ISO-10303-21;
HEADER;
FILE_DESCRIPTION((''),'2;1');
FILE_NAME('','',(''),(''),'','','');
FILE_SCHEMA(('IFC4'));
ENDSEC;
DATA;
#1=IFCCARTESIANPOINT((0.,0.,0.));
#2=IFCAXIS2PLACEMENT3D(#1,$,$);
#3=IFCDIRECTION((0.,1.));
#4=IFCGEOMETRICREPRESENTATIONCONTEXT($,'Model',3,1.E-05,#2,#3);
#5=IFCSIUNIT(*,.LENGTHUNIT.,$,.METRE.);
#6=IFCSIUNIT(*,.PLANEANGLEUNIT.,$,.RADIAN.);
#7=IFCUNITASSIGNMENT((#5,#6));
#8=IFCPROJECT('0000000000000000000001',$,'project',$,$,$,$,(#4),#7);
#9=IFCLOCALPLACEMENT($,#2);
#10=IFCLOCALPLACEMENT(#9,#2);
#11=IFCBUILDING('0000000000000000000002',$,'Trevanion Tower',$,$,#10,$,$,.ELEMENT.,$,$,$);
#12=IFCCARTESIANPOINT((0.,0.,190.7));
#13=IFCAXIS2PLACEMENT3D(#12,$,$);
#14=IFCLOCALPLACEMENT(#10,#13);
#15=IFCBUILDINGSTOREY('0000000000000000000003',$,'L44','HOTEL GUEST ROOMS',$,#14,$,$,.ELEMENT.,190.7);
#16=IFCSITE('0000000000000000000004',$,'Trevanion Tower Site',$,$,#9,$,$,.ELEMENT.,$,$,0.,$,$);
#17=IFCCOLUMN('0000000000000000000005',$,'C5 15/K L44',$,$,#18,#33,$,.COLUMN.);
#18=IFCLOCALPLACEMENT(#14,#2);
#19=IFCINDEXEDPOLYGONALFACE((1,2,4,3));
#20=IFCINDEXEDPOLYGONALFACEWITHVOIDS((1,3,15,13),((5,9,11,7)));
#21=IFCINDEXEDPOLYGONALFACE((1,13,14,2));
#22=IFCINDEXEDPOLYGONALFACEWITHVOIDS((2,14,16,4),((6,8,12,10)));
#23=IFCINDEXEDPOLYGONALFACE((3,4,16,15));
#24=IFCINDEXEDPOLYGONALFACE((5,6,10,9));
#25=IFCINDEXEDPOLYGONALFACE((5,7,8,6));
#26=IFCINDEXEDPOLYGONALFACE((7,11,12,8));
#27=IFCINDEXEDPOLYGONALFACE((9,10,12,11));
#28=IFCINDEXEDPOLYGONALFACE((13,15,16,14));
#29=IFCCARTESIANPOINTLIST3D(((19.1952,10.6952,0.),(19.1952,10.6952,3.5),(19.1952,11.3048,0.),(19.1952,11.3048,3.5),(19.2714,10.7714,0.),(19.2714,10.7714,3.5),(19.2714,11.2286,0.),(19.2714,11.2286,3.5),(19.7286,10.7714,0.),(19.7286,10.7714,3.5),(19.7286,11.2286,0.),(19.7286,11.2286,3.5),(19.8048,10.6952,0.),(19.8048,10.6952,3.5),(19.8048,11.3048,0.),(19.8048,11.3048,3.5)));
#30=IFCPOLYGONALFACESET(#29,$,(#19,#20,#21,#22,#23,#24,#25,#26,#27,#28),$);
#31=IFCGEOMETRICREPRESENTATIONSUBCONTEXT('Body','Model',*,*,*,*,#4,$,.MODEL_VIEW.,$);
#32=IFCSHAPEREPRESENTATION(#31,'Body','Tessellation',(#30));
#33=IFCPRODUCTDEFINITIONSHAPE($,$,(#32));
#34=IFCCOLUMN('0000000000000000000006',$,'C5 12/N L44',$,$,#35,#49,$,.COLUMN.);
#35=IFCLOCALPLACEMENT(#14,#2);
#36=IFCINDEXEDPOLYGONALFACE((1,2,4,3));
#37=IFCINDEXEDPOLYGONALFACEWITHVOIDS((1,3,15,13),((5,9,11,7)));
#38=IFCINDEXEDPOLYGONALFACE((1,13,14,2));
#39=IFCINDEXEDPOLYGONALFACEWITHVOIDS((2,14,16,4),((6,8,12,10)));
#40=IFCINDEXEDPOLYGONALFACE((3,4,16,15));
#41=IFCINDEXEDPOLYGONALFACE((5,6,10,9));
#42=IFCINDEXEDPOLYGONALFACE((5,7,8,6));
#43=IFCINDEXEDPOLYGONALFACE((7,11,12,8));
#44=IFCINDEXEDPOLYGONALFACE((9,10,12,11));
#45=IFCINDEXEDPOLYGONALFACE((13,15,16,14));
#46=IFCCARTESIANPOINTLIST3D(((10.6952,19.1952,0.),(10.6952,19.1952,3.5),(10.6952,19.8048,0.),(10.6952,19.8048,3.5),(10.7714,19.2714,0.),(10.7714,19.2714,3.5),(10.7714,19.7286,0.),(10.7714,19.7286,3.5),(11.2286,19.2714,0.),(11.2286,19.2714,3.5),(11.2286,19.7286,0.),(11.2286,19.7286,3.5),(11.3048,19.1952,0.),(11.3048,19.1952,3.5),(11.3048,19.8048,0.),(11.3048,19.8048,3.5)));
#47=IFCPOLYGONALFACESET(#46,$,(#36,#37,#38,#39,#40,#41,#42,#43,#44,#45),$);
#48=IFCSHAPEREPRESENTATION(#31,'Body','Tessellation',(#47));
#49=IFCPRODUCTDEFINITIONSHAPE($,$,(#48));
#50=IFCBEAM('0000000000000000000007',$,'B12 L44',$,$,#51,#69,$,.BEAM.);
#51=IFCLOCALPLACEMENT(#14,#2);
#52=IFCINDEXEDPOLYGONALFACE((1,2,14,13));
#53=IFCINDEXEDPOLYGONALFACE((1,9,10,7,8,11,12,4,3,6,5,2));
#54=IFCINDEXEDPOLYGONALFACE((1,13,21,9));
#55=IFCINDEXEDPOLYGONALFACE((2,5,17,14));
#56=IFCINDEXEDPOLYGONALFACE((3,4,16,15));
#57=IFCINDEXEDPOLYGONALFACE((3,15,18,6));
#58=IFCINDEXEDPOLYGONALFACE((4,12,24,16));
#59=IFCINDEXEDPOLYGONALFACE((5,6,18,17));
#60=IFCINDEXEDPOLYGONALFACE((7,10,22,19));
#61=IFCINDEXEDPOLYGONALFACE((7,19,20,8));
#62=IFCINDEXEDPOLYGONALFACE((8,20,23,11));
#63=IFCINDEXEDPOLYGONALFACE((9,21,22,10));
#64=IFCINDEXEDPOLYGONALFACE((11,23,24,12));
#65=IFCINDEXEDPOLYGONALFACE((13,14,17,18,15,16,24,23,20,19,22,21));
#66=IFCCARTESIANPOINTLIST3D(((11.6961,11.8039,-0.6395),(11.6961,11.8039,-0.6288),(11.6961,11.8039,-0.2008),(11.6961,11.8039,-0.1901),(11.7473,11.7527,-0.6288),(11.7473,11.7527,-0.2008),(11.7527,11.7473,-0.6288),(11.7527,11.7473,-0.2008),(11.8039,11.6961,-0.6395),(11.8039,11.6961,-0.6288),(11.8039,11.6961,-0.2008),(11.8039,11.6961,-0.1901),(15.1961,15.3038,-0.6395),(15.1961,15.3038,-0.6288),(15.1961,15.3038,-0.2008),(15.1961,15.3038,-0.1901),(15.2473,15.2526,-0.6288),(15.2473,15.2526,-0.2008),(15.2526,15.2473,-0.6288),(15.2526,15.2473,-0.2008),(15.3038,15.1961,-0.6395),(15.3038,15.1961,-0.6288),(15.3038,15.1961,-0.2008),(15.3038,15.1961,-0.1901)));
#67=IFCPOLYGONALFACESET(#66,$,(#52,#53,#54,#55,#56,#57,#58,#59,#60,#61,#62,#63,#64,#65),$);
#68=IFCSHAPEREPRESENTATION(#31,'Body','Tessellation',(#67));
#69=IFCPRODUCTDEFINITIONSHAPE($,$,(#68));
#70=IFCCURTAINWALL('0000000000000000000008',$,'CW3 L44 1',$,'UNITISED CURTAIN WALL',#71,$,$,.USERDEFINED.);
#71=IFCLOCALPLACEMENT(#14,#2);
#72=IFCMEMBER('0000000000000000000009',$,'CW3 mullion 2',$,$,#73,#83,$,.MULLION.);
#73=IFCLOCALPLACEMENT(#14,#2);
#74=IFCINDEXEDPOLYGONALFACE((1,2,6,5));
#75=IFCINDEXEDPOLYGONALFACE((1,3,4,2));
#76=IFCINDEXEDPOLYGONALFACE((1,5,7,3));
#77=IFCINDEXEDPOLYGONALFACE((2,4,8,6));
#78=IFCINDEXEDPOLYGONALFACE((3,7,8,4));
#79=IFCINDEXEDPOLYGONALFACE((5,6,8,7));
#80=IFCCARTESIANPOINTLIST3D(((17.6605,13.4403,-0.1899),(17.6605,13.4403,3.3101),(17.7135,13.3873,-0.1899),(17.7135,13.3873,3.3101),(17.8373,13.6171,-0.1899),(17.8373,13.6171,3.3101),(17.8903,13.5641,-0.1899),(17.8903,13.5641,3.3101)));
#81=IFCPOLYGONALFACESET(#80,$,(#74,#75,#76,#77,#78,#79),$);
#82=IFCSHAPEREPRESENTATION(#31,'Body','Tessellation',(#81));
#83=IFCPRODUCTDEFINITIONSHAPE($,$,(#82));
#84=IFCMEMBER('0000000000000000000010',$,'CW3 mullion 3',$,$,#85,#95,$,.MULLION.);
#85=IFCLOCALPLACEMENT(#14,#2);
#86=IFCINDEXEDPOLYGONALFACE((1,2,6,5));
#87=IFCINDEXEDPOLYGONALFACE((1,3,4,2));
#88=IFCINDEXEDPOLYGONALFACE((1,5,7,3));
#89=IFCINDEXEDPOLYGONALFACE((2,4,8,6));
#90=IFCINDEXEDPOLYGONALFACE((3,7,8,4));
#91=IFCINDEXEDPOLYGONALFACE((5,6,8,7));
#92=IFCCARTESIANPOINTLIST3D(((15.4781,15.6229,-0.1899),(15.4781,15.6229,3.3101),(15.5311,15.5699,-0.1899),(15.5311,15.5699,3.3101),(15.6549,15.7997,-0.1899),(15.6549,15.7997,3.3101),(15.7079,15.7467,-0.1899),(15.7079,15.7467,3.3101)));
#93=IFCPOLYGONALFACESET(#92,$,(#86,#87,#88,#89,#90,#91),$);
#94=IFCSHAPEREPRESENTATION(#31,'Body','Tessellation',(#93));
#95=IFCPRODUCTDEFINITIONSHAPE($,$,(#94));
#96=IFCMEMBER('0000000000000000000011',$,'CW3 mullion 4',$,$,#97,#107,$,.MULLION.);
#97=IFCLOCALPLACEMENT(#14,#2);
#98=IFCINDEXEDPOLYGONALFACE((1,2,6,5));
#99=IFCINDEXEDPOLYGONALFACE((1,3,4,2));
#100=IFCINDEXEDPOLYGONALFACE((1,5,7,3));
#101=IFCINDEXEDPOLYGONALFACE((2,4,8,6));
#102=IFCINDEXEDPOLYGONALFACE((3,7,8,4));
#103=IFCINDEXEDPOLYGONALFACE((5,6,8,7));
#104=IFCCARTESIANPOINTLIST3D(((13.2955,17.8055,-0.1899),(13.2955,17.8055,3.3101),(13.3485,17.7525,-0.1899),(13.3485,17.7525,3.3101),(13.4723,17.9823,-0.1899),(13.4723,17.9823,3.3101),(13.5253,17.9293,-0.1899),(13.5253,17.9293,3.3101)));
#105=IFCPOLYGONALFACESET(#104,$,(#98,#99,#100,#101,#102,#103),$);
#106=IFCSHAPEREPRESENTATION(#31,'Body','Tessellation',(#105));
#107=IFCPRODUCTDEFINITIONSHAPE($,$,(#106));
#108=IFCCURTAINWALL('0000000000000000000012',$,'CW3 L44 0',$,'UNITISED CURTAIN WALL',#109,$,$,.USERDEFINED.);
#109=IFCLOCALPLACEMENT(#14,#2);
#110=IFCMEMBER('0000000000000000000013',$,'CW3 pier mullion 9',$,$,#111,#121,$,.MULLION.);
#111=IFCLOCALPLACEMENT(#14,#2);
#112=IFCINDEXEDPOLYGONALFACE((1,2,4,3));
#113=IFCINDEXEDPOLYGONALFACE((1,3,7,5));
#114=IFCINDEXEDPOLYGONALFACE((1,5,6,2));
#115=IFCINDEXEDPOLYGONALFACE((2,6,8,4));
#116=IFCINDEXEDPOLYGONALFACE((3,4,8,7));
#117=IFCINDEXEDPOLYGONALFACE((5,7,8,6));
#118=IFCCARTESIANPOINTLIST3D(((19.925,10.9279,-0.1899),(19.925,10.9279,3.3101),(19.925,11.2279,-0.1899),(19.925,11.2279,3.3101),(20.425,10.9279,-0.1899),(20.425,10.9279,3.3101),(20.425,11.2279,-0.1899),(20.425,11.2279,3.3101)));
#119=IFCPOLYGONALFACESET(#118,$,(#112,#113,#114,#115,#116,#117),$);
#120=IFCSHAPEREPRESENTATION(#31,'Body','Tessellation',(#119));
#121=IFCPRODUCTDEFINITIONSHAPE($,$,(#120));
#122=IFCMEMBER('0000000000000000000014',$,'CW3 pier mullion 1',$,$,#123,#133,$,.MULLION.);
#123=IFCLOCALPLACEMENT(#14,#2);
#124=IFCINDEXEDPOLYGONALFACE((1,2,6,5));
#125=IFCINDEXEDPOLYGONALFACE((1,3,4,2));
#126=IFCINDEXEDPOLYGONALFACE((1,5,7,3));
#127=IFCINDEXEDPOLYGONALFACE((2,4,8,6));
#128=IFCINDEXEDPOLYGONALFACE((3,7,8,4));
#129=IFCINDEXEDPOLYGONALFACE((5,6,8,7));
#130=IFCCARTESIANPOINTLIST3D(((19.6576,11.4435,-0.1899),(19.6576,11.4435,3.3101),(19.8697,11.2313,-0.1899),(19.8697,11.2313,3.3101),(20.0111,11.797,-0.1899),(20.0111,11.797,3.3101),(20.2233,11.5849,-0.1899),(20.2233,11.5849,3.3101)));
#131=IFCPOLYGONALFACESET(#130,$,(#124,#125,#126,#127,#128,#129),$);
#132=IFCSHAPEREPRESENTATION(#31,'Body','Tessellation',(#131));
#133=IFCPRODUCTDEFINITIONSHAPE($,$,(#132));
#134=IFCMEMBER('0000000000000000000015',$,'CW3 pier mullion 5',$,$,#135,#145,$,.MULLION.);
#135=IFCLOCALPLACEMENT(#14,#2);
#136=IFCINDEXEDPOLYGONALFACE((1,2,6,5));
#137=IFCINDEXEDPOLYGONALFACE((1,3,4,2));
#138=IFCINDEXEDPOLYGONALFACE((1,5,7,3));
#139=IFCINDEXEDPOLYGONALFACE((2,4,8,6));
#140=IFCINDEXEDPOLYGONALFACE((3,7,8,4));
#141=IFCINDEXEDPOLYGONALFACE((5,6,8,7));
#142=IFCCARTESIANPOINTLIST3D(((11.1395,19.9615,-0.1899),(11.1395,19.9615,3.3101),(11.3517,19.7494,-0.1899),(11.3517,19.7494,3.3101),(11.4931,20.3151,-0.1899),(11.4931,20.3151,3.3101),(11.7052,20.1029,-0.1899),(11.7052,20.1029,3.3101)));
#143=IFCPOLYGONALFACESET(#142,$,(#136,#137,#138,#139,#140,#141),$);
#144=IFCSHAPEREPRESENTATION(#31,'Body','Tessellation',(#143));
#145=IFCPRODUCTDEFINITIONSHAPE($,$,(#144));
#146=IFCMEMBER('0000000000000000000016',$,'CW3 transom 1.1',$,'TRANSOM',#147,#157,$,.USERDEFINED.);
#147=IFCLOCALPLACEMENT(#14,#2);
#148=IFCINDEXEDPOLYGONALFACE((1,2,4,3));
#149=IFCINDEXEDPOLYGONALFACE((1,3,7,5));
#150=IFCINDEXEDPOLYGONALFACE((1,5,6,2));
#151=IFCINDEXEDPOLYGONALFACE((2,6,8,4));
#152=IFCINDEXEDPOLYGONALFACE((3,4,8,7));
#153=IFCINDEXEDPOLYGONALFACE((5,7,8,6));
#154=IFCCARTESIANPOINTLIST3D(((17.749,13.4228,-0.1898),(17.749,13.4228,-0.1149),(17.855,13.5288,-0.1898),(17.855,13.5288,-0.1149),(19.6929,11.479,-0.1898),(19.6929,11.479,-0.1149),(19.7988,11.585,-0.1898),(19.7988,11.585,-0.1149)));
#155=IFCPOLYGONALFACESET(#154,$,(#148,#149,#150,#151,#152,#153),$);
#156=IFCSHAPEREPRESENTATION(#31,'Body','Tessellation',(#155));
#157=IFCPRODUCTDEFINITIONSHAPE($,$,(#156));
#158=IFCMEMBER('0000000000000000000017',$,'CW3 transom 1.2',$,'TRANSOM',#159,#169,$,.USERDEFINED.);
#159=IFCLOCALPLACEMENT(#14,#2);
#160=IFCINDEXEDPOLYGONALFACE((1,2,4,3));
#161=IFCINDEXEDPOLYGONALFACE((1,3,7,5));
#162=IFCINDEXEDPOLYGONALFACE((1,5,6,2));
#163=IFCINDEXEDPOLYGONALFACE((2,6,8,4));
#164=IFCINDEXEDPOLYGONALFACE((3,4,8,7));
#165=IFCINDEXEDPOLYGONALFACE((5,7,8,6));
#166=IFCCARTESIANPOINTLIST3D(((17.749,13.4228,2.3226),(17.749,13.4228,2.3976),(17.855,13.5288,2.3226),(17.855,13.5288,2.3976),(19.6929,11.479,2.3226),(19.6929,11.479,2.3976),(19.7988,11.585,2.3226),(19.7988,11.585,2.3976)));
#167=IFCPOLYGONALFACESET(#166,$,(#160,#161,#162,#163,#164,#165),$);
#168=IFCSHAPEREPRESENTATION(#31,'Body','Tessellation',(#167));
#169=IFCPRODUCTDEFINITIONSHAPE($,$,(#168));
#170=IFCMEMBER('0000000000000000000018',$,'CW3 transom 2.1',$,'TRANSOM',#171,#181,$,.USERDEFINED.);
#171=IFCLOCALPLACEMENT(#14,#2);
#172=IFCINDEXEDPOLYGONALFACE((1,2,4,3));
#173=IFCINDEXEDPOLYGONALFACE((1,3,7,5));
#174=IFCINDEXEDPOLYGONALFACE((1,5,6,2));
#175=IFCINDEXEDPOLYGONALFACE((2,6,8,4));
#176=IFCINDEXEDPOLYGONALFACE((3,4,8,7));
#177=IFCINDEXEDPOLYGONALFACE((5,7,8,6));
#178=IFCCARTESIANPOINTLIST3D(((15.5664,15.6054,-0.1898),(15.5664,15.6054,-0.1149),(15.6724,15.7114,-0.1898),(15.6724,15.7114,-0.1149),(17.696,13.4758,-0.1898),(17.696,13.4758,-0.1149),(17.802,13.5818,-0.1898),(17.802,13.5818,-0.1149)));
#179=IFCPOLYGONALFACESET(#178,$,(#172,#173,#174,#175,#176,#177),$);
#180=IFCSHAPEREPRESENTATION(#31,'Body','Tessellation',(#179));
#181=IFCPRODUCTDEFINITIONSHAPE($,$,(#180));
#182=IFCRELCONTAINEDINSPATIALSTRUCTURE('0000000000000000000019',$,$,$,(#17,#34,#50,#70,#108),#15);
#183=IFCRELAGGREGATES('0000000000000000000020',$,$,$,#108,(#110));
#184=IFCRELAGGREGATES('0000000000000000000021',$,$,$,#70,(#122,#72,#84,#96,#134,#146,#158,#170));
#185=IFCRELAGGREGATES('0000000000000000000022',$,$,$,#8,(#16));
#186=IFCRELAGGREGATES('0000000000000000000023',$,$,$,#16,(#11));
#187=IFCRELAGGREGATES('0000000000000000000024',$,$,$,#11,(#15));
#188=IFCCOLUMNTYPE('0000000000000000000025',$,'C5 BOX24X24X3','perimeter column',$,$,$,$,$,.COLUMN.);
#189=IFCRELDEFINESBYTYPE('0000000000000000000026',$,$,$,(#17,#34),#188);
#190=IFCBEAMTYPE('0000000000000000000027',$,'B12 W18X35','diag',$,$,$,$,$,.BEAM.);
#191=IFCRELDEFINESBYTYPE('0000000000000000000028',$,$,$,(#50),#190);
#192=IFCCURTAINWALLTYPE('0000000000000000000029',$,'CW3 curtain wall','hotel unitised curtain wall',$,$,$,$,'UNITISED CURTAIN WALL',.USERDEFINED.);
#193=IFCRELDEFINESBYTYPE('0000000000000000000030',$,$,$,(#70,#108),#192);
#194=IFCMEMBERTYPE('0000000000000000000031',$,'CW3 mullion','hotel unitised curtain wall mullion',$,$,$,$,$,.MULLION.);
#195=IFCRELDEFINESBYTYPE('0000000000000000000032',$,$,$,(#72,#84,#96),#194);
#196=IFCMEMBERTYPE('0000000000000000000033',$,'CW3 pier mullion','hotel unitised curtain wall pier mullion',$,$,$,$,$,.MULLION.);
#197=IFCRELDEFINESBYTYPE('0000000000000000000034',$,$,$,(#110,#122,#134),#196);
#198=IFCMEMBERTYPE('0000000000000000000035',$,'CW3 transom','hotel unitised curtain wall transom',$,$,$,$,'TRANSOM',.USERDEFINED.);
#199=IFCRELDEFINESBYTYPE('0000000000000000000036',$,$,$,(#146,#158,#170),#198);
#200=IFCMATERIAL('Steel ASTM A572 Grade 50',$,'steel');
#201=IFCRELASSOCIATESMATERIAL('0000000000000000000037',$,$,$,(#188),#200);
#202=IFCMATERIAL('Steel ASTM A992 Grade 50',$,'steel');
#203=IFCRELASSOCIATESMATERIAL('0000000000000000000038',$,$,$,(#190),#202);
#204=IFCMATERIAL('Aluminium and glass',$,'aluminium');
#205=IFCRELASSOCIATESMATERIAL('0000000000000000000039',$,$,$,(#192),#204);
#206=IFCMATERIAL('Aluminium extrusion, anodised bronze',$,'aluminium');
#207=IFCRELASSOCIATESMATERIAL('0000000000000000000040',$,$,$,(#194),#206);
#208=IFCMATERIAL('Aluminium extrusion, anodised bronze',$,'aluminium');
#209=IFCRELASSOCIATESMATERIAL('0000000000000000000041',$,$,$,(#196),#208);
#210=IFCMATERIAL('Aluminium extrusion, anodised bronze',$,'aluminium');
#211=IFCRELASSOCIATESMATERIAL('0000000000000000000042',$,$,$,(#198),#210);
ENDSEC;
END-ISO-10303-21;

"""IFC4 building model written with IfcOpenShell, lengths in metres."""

from ifc_helpers import new_model, si_unit, direction, frame, origin, origin_2d, place, context, subcontext, project, spatial, rectangle, hollow_rectangle, i_section, extrude, material, material_profile, profile_set, type_object, element, aggregate, save


model = new_model("IFC4")

# Units and contexts
model_context = context("Model", 3, precision=1e-05, world=origin(), true_north=direction((0.0, 1.0)))
body_context = subcontext(model_context, "Body", "Model", "MODEL_VIEW")
ifc_project = project(units=[si_unit("LENGTHUNIT", "METRE"), si_unit("PLANEANGLEUNIT", "RADIAN")], contexts=[model_context])

# Site, building, storey
site_placement = place(None, origin())
site = spatial("IfcSite", under=ifc_project, at=site_placement, Name="Trevanion Tower Site", CompositionType="ELEMENT", RefElevation=0.0)
building_placement = place(site_placement, origin())
building = spatial("IfcBuilding", under=site, at=building_placement, Name="Trevanion Tower", CompositionType="ELEMENT")
storey_placement = place(building_placement, frame((0.0, 0.0, 190.7)))
storey = spatial("IfcBuildingStorey", under=building, at=storey_placement, Name="L44", Description="HOTEL GUEST ROOMS", CompositionType="ELEMENT", Elevation=190.7)

# Columns
ifc_material_1 = material(Name="Steel ASTM A572 Grade 50", Category="steel")
ifc_material_profile_1 = material_profile(ifc_material_1, hollow_rectangle(XDim=0.6096, YDim=0.6096, WallThickness=0.0762, at=origin_2d()), Name="BOX24X24X3")
ifc_profile_set_1 = profile_set([ifc_material_profile_1], Name="Steel ASTM A572 Grade 50")
column_type = type_object("IfcColumnType", Name="C5 BOX24X24X3", Description="perimeter column", PredefinedType="COLUMN", material=ifc_profile_set_1)
for number, where, z_axis, x_axis, name in (
    (1, (19.5, 11.0, 0.0), (0.0, 0.0, 1.0), (0.0, 1.0, 0.0), "C5 15/K L44"),
    (2, (11.0, 19.5, 0.0), (0.0, 0.0, 1.0), (1.0, 0.0, 0.0), "C5 12/N L44"),
):
    element("IfcColumn", number, at=place(storey_placement, frame(where, z_axis=z_axis, x_axis=x_axis)), inside=storey, type_object=column_type, Name=name, PredefinedType="COLUMN", context=body_context, shape_type="SweptSolid", body=[
        extrude(hollow_rectangle(XDim=0.6096, YDim=0.6096, WallThickness=0.0762, at=origin_2d()), origin(), (0.0, 0.0, 1.0), 3.5),
    ])

# Beam
ifc_material_2 = material(Name="Steel ASTM A992 Grade 50", Category="steel")
ifc_material_profile_2 = material_profile(ifc_material_2, i_section(OverallWidth=0.1523, OverallDepth=0.4495, WebThickness=0.0076, FlangeThickness=0.0107, at=origin_2d()), Name="W18X35")
ifc_profile_set_2 = profile_set([ifc_material_profile_2], Name="Steel ASTM A992 Grade 50")
beam_type_1 = type_object("IfcBeamType", Name="B12 W18X35", Description="diag", PredefinedType="BEAM", material=ifc_profile_set_2)
beam_1_placement = place(storey_placement, frame((11.75, 11.75, -0.4148), z_axis=(0.707107, 0.707107, 0.0), x_axis=(-0.707107, 0.707107, 0.0)))
element("IfcBeam", 3, at=beam_1_placement, inside=storey, type_object=beam_type_1, Name="B12 L44", PredefinedType="BEAM", context=body_context, shape_type="SweptSolid", body=[
    extrude(i_section(OverallWidth=0.1523, OverallDepth=0.4495, WebThickness=0.0076, FlangeThickness=0.0107, at=origin_2d()), origin(), (0.0, 0.0, 1.0), 4.9497),
])

# Curtain wall, members
ifc_material_3 = material(Name="Aluminium and glass", Category="aluminium")
curtain_wall_type = type_object("IfcCurtainWallType", Name="CW3 curtain wall", Description="hotel unitised curtain wall", ElementType="UNITISED CURTAIN WALL", PredefinedType="USERDEFINED", material=ifc_material_3)
curtain_wall_1_placement = place(storey_placement, origin())
curtain_wall_1 = element("IfcCurtainWall", 4, at=curtain_wall_1_placement, inside=storey, type_object=curtain_wall_type, Name="CW3 L44 1", ObjectType="UNITISED CURTAIN WALL", PredefinedType="USERDEFINED")
ifc_material_4 = material(Name="Aluminium extrusion, anodised bronze", Category="aluminium")
ifc_material_profile_3 = material_profile(ifc_material_4, rectangle(XDim=0.075, YDim=0.25, at=origin_2d()), Name="CW3 mullion")
ifc_profile_set_3 = profile_set([ifc_material_profile_3], Name="Aluminium extrusion, anodised bronze")
member_type_1 = type_object("IfcMemberType", Name="CW3 mullion", Description="hotel unitised curtain wall mullion", PredefinedType="MULLION", material=ifc_profile_set_3)
member_1_placement = place(storey_placement, frame((17.7754, 13.5022, -0.1899), z_axis=(0.0, 0.0, 1.0), x_axis=(-0.707107, 0.707107, 0.0)))
member_1 = element("IfcMember", 5, at=member_1_placement, type_object=member_type_1, Name="CW3 mullion 2", PredefinedType="MULLION", context=body_context, shape_type="SweptSolid", body=[
    extrude(rectangle(XDim=0.075, YDim=0.25, at=origin_2d()), origin(), (0.0, 0.0, 1.0), 3.5),
])
member_2_placement = place(storey_placement, frame((15.593, 15.6848, -0.1899), z_axis=(0.0, 0.0, 1.0), x_axis=(-0.707107, 0.707107, 0.0)))
member_2 = element("IfcMember", 6, at=member_2_placement, type_object=member_type_1, Name="CW3 mullion 3", PredefinedType="MULLION", context=body_context, shape_type="SweptSolid", body=[
    extrude(rectangle(XDim=0.075, YDim=0.25, at=origin_2d()), origin(), (0.0, 0.0, 1.0), 3.5),
])
member_3_placement = place(storey_placement, frame((13.4104, 17.8674, -0.1899), z_axis=(0.0, 0.0, 1.0), x_axis=(-0.707107, 0.707107, 0.0)))
member_3 = element("IfcMember", 7, at=member_3_placement, type_object=member_type_1, Name="CW3 mullion 4", PredefinedType="MULLION", context=body_context, shape_type="SweptSolid", body=[
    extrude(rectangle(XDim=0.075, YDim=0.25, at=origin_2d()), origin(), (0.0, 0.0, 1.0), 3.5),
])

# Curtain wall, member
curtain_wall_2_placement = place(storey_placement, origin())
curtain_wall_2 = element("IfcCurtainWall", 8, at=curtain_wall_2_placement, inside=storey, type_object=curtain_wall_type, Name="CW3 L44 0", ObjectType="UNITISED CURTAIN WALL", PredefinedType="USERDEFINED")
ifc_material_5 = material(Name="Aluminium extrusion, anodised bronze", Category="aluminium")
ifc_material_profile_4 = material_profile(ifc_material_5, rectangle(XDim=0.3, YDim=0.5, at=origin_2d()), Name="CW3 pier mullion")
ifc_profile_set_4 = profile_set([ifc_material_profile_4], Name="Aluminium extrusion, anodised bronze")
member_type_2 = type_object("IfcMemberType", Name="CW3 pier mullion", Description="hotel unitised curtain wall pier mullion", PredefinedType="MULLION", material=ifc_profile_set_4)
member_4_placement = place(storey_placement, frame((20.175, 11.0779, -0.1899), z_axis=(0.0, 0.0, 1.0), x_axis=(0.0, 1.0, 0.0)))
member_4 = element("IfcMember", 9, at=member_4_placement, type_object=member_type_2, Name="CW3 pier mullion 9", PredefinedType="MULLION", context=body_context, shape_type="SweptSolid", body=[
    extrude(rectangle(XDim=0.3, YDim=0.5, at=origin_2d()), origin(), (0.0, 0.0, 1.0), 3.5),
])

# Members
member_5_placement = place(storey_placement, frame((19.9404, 11.5142, -0.1899), z_axis=(0.0, 0.0, 1.0), x_axis=(-0.707107, 0.707107, 0.0)))
member_5 = element("IfcMember", 10, at=member_5_placement, type_object=member_type_2, Name="CW3 pier mullion 1", PredefinedType="MULLION", context=body_context, shape_type="SweptSolid", body=[
    extrude(rectangle(XDim=0.3, YDim=0.5, at=origin_2d()), origin(), (0.0, 0.0, 1.0), 3.5),
])
member_6_placement = place(storey_placement, frame((11.4224, 20.0322, -0.1899), z_axis=(0.0, 0.0, 1.0), x_axis=(-0.707107, 0.707107, 0.0)))
member_6 = element("IfcMember", 11, at=member_6_placement, type_object=member_type_2, Name="CW3 pier mullion 5", PredefinedType="MULLION", context=body_context, shape_type="SweptSolid", body=[
    extrude(rectangle(XDim=0.3, YDim=0.5, at=origin_2d()), origin(), (0.0, 0.0, 1.0), 3.5),
])
ifc_material_6 = material(Name="Aluminium extrusion, anodised bronze", Category="aluminium")
ifc_material_profile_5 = material_profile(ifc_material_6, rectangle(XDim=0.1499, YDim=0.075, at=origin_2d()), Name="CW3 transom")
ifc_profile_set_5 = profile_set([ifc_material_profile_5], Name="Aluminium extrusion, anodised bronze")
member_type_3 = type_object("IfcMemberType", Name="CW3 transom", Description="hotel unitised curtain wall transom", ElementType="TRANSOM", PredefinedType="USERDEFINED", material=ifc_profile_set_5)
member_7_placement = place(storey_placement, frame((19.7458, 11.532, -0.1523), z_axis=(-0.707107, 0.707107, 0.0), x_axis=(-0.707107, -0.707107, 0.0)))
member_7 = element("IfcMember", 12, at=member_7_placement, type_object=member_type_3, Name="CW3 transom 1.1", ObjectType="TRANSOM", PredefinedType="USERDEFINED", context=body_context, shape_type="SweptSolid", body=[
    extrude(rectangle(XDim=0.1499, YDim=0.075, at=origin_2d()), origin(), (0.0, 0.0, 1.0), 2.749),
])
member_8_placement = place(storey_placement, frame((19.7458, 11.532, 2.3601), z_axis=(-0.707107, 0.707107, 0.0), x_axis=(-0.707107, -0.707107, 0.0)))
member_8 = element("IfcMember", 13, at=member_8_placement, type_object=member_type_3, Name="CW3 transom 1.2", ObjectType="TRANSOM", PredefinedType="USERDEFINED", context=body_context, shape_type="SweptSolid", body=[
    extrude(rectangle(XDim=0.1499, YDim=0.075, at=origin_2d()), origin(), (0.0, 0.0, 1.0), 2.749),
])
member_9_placement = place(storey_placement, frame((17.749, 13.5288, -0.1523), z_axis=(-0.707107, 0.707107, 0.0), x_axis=(-0.707107, -0.707107, 0.0)))
member_9 = element("IfcMember", 14, at=member_9_placement, type_object=member_type_3, Name="CW3 transom 2.1", ObjectType="TRANSOM", PredefinedType="USERDEFINED", context=body_context, shape_type="SweptSolid", body=[
    extrude(rectangle(XDim=0.1499, YDim=0.075, at=origin_2d()), origin(), (0.0, 0.0, 1.0), 3.0117),
])

aggregate(curtain_wall_2, [member_4])
aggregate(curtain_wall_1, [member_5, member_1, member_2, member_3, member_6, member_7, member_8, member_9])

save(model, "model.ifc")
